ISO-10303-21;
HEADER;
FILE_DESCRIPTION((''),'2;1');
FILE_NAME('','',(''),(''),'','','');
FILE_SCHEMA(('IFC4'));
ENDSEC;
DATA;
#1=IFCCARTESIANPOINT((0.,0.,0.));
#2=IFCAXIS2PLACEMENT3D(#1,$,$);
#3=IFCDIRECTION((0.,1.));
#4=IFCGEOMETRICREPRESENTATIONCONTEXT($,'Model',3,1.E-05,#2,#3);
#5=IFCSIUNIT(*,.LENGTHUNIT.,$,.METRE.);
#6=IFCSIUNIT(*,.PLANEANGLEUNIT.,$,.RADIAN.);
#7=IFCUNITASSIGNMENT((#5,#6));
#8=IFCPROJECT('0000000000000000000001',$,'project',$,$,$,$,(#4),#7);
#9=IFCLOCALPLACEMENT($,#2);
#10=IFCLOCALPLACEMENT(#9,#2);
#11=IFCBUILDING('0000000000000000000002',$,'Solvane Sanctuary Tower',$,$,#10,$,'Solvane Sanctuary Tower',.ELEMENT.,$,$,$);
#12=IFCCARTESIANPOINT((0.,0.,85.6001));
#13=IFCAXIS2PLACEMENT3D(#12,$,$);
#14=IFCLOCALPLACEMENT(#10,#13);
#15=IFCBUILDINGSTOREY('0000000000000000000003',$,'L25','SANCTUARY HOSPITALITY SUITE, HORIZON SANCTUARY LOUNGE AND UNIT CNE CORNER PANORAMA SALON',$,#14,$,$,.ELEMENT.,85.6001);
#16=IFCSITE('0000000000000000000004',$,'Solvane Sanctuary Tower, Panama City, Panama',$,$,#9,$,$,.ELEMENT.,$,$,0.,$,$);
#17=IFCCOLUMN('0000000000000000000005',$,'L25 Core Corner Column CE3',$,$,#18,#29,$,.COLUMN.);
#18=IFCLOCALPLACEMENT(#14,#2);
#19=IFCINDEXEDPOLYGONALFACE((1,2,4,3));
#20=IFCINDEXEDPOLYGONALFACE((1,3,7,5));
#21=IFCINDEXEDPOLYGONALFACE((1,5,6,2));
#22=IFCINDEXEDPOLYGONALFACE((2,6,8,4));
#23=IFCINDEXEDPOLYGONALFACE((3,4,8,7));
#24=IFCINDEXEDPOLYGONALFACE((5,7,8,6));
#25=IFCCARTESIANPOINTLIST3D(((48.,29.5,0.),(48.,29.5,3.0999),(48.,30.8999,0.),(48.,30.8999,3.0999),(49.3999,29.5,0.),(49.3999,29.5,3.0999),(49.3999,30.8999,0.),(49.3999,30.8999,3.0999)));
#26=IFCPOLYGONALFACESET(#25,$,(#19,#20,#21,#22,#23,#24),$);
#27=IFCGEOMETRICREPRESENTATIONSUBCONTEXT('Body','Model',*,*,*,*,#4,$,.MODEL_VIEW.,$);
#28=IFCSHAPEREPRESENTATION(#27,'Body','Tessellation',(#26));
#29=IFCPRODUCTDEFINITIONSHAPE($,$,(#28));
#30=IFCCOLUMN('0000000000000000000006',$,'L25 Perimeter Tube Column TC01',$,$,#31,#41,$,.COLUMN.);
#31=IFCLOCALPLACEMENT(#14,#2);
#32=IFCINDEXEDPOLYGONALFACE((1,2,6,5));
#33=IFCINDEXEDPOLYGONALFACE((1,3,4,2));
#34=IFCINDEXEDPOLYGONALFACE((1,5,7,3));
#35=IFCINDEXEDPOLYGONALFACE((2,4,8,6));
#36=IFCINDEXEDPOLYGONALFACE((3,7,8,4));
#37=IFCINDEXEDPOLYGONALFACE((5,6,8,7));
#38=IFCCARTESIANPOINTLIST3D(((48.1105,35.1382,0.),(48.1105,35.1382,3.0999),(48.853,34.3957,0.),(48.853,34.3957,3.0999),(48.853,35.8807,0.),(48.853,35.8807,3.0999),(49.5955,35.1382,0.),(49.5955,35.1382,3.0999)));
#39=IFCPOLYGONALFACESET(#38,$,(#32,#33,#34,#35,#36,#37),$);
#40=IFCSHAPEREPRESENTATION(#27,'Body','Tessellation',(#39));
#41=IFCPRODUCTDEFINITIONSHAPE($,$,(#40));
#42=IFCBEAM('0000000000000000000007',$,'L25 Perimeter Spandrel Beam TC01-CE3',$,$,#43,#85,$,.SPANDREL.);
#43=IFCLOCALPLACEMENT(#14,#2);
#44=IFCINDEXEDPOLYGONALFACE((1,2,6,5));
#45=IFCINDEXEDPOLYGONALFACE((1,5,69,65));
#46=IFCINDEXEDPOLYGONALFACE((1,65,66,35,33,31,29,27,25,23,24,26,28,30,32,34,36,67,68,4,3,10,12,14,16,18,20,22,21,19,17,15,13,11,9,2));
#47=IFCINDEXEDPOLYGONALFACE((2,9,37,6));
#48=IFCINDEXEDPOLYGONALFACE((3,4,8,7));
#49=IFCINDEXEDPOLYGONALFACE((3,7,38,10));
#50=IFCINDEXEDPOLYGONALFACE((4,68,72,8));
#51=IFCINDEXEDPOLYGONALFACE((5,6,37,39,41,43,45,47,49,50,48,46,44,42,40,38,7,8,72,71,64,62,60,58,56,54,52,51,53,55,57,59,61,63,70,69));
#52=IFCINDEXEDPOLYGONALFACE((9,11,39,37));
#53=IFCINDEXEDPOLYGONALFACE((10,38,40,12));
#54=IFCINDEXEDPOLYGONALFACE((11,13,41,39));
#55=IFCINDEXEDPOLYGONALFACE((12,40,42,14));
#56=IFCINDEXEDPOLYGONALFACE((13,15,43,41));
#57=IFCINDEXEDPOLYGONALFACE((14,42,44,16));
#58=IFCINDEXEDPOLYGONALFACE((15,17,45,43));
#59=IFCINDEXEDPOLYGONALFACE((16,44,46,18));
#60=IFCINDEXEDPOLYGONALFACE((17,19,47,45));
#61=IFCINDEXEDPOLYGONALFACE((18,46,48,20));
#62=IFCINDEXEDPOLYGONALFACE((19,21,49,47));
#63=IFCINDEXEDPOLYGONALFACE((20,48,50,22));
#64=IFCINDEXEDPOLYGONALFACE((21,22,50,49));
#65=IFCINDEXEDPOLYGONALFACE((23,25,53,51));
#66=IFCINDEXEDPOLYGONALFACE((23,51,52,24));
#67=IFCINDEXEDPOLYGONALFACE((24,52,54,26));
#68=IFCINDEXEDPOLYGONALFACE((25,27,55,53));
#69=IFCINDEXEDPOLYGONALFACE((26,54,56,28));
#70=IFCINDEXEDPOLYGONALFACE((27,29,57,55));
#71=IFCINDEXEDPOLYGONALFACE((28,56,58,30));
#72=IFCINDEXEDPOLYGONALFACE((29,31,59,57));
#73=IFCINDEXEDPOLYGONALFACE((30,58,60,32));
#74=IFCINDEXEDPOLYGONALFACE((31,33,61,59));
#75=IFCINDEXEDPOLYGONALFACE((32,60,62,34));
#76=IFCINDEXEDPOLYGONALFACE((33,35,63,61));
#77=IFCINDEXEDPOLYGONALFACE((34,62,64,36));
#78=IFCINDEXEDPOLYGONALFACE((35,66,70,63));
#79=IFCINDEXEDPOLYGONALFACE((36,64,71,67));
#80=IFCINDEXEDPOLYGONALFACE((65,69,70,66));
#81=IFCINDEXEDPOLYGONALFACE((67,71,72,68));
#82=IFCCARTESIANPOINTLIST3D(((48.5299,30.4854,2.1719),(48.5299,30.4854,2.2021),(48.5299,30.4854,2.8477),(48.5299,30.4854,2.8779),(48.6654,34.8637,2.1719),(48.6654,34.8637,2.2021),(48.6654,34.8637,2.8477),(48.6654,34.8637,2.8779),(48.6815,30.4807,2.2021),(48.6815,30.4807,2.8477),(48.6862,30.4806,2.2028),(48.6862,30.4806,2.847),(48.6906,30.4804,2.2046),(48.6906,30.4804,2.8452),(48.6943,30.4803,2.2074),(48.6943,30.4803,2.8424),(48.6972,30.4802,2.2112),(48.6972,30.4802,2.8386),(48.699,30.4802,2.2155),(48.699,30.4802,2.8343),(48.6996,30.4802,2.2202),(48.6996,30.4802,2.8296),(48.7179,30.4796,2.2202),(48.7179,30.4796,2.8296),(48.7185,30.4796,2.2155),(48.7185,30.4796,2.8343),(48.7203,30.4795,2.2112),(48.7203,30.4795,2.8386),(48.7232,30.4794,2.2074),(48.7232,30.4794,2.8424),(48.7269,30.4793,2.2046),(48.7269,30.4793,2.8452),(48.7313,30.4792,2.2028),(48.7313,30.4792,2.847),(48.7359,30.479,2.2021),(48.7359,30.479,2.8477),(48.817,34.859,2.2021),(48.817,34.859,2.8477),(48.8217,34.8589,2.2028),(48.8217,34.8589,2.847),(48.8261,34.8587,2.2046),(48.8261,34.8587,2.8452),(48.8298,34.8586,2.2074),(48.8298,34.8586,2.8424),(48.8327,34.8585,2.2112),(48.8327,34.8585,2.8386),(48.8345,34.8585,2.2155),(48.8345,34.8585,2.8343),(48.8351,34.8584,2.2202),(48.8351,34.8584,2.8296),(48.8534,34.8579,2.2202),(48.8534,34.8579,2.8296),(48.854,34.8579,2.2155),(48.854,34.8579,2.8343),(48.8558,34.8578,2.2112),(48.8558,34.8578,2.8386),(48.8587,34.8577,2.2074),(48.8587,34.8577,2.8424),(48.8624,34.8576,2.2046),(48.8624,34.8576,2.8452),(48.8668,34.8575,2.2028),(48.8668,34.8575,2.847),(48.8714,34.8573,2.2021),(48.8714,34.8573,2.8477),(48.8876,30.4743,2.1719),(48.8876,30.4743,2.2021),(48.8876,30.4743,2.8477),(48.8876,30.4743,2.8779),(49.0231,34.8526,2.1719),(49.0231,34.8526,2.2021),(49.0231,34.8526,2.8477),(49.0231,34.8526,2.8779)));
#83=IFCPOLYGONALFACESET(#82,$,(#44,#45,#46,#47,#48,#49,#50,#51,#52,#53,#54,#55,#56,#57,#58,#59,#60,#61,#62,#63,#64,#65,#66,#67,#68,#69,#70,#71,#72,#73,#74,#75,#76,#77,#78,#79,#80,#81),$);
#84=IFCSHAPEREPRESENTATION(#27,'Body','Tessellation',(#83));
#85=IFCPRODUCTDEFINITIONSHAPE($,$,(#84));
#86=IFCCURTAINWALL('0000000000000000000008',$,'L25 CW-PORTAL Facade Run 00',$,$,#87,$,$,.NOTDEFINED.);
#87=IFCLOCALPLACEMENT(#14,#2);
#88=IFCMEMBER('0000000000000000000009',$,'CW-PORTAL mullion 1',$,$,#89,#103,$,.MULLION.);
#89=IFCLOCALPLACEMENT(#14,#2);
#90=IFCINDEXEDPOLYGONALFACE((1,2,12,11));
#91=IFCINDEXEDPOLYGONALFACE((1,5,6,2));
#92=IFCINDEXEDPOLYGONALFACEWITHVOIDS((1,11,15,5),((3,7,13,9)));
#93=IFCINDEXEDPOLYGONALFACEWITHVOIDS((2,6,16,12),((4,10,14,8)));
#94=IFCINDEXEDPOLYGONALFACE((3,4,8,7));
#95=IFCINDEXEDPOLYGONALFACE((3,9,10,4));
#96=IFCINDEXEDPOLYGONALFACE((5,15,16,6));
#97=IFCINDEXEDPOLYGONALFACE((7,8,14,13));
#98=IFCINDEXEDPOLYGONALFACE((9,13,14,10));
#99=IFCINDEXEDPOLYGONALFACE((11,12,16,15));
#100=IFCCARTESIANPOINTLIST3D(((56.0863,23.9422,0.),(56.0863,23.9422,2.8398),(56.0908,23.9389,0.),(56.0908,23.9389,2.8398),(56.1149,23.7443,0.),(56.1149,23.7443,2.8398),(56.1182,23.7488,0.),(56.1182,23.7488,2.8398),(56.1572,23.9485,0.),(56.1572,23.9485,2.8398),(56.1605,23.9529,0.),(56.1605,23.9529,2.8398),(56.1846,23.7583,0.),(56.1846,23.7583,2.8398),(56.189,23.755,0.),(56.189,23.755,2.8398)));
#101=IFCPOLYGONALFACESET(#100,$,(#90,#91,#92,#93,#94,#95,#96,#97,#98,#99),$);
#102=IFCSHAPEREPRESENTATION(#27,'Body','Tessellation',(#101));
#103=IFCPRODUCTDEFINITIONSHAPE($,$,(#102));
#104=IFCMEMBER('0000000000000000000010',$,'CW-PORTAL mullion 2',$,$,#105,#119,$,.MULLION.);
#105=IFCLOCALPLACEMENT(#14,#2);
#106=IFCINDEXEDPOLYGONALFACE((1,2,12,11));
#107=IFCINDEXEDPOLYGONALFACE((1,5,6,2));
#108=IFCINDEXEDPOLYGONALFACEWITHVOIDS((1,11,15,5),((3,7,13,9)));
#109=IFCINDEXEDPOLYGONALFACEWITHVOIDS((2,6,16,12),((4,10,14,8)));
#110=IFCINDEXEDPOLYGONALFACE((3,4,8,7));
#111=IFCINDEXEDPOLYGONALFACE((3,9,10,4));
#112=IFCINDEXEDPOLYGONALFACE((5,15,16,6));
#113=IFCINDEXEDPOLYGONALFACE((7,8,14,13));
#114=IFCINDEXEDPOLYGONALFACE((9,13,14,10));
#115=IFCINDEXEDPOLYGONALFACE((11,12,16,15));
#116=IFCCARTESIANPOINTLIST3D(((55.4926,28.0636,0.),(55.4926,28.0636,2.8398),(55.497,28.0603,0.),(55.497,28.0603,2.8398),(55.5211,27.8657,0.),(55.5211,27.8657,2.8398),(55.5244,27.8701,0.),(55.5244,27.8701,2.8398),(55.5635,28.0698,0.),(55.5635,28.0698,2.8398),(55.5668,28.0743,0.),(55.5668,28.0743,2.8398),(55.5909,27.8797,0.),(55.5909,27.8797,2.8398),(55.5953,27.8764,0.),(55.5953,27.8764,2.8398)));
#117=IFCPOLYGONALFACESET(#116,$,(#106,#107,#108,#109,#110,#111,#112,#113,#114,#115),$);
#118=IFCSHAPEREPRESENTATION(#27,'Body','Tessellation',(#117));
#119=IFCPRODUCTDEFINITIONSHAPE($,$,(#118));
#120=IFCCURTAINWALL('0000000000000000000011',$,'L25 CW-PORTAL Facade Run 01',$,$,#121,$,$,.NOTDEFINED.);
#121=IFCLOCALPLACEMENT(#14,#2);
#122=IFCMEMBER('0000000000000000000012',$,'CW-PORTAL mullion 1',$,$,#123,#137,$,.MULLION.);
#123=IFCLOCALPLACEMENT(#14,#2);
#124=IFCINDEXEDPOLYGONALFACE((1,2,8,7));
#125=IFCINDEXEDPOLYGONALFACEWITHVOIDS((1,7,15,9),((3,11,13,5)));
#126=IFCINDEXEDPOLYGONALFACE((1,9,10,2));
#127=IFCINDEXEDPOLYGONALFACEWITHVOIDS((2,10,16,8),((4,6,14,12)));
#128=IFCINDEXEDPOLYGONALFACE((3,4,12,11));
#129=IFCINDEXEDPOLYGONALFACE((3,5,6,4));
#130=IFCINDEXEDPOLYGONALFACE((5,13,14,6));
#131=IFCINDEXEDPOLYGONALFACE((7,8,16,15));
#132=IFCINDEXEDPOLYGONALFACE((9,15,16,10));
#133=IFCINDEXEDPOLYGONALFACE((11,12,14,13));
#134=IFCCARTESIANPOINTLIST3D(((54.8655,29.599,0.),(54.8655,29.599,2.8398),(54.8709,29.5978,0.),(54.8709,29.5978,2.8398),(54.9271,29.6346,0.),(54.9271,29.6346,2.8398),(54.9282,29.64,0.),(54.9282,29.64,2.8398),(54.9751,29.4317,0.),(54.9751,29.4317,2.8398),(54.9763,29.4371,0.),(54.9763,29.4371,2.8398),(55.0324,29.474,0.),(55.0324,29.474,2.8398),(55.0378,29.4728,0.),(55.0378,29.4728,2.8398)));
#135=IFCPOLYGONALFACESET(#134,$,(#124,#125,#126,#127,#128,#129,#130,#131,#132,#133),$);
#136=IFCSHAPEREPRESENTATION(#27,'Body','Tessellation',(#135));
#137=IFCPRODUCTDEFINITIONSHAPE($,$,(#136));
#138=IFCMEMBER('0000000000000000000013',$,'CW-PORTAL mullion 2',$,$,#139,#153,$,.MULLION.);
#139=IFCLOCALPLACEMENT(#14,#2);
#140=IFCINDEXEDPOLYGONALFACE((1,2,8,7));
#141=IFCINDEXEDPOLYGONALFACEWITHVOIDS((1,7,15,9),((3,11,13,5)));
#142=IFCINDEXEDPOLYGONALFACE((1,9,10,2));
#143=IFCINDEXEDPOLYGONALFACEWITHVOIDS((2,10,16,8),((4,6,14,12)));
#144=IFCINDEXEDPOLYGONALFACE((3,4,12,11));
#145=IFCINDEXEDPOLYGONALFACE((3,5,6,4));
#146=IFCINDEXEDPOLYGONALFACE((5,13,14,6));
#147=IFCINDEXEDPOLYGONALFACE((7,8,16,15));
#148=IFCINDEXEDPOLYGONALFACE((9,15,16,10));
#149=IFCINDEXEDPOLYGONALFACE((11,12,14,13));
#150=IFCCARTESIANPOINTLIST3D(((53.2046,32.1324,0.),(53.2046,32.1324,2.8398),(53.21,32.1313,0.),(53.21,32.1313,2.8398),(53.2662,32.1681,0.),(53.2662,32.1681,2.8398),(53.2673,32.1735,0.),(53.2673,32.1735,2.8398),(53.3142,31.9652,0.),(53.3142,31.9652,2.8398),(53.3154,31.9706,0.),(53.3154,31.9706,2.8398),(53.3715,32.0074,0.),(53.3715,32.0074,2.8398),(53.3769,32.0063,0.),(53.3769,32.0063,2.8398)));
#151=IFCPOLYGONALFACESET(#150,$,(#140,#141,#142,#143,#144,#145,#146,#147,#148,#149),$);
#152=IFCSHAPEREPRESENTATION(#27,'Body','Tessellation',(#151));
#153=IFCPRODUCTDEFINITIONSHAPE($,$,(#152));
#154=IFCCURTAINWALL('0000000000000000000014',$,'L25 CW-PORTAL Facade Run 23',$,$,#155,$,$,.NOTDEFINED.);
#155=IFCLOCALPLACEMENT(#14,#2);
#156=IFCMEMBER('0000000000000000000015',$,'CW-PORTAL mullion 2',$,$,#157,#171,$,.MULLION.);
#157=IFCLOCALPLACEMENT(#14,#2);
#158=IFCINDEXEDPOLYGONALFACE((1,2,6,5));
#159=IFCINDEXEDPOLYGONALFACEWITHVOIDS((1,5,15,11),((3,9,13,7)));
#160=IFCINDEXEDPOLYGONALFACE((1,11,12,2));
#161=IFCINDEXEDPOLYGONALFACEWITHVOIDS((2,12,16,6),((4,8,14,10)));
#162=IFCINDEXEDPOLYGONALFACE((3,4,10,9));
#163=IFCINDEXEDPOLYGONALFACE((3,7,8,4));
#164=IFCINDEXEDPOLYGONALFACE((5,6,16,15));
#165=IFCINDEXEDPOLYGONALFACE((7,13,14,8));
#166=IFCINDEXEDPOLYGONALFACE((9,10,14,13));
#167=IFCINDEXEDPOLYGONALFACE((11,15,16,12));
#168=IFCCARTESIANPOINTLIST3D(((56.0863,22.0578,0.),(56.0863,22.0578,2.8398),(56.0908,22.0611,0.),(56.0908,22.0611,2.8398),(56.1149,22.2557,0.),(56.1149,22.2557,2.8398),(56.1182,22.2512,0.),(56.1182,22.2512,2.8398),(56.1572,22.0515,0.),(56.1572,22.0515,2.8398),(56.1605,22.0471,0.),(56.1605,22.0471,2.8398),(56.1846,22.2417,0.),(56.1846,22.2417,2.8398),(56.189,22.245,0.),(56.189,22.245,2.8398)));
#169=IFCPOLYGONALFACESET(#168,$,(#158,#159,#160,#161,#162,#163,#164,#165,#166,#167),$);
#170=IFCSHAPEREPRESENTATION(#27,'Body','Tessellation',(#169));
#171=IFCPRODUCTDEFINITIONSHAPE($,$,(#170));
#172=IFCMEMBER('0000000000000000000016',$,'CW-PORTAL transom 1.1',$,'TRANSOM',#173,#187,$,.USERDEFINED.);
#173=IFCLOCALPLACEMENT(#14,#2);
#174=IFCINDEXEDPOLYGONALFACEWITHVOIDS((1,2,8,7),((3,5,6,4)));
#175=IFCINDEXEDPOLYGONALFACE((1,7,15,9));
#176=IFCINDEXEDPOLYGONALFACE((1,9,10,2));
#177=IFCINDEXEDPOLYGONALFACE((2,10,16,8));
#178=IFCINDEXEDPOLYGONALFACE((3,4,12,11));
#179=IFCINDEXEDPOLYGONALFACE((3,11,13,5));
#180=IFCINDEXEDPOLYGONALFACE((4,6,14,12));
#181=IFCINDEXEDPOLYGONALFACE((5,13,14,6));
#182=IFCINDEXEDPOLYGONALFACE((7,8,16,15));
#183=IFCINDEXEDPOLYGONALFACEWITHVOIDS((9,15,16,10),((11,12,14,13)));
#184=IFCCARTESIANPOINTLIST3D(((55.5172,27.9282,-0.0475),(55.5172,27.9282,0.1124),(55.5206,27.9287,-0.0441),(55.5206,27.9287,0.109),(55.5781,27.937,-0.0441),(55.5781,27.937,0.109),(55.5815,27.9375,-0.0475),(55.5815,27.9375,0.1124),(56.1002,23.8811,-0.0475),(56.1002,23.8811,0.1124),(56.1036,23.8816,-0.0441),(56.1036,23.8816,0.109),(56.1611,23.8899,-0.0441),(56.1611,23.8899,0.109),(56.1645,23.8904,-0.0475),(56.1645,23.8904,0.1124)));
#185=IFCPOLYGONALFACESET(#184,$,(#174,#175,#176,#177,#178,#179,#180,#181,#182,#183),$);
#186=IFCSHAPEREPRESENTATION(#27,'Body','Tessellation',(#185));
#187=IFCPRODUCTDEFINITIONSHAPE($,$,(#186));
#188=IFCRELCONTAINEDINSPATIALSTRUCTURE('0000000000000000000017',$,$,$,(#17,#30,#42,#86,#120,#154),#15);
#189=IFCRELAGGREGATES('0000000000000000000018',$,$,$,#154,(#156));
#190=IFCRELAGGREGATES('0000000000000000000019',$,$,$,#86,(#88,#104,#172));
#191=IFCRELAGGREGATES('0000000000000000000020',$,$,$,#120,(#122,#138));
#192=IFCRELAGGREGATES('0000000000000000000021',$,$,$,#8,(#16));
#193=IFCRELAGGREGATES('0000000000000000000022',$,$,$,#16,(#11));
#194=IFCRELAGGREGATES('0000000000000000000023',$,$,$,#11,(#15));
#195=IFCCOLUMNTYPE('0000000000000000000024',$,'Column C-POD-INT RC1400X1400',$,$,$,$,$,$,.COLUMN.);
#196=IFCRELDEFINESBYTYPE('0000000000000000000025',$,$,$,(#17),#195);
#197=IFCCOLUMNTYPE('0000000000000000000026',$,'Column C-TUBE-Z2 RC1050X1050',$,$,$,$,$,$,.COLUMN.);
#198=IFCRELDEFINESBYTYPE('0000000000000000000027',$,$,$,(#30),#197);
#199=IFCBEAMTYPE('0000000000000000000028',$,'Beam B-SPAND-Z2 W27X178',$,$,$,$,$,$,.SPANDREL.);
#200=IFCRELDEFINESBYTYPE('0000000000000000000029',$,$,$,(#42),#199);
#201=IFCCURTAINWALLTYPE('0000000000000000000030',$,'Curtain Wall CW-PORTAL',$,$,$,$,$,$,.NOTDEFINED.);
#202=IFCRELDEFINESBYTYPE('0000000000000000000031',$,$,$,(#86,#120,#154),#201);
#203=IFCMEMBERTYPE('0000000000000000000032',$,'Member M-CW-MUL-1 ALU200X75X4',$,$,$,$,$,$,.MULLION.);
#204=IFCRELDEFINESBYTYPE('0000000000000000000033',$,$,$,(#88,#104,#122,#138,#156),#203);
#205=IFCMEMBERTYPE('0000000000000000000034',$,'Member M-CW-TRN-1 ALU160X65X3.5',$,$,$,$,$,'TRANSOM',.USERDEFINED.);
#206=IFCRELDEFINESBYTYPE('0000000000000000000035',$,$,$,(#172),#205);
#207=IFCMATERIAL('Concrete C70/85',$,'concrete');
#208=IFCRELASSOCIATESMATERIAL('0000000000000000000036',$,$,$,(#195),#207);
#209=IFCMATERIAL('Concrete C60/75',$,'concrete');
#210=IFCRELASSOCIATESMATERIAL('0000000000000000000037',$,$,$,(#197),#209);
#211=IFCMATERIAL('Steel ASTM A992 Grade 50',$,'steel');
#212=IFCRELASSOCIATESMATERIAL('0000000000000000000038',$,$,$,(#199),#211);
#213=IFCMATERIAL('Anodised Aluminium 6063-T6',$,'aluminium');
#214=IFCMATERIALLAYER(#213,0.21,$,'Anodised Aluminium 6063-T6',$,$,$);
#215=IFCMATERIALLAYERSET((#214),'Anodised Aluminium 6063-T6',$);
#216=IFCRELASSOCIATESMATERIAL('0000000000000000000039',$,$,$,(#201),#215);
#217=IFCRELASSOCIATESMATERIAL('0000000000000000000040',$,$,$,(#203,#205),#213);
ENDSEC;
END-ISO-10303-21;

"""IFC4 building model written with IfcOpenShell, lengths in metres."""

from ifc_helpers import new_model, si_unit, direction, frame, origin, origin_2d, place, context, subcontext, project, spatial, rectangle, hollow_rectangle, i_section, extrude, material, layer, layer_set, material_profile, profile_set, type_object, element, aggregate, save


model = new_model("IFC4")

# Units and contexts
model_context = context("Model", 3, precision=1e-05, world=origin(), true_north=direction((0.0, 1.0)))
body_context = subcontext(model_context, "Body", "Model", "MODEL_VIEW")
ifc_project = project(units=[si_unit("LENGTHUNIT", "METRE"), si_unit("PLANEANGLEUNIT", "RADIAN")], contexts=[model_context])

# Site, building, storey
site_placement = place(None, origin())
site = spatial("IfcSite", under=ifc_project, at=site_placement, Name="Solvane Sanctuary Tower, Panama City, Panama", CompositionType="ELEMENT", RefElevation=0.0)
building_placement = place(site_placement, origin())
building = spatial("IfcBuilding", under=site, at=building_placement, Name="Solvane Sanctuary Tower", LongName="Solvane Sanctuary Tower", CompositionType="ELEMENT")
storey_placement = place(building_placement, frame((0.0, 0.0, 85.6001)))
storey = spatial("IfcBuildingStorey", under=building, at=storey_placement, Name="L25", Description="SANCTUARY HOSPITALITY SUITE, HORIZON SANCTUARY LOUNGE AND UNIT CNE CORNER PANORAMA SALON", CompositionType="ELEMENT", Elevation=85.6001)

# Columns
ifc_material_1 = material(Name="Concrete C70/85", Category="concrete")
ifc_material_profile_1 = material_profile(ifc_material_1, rectangle(XDim=1.3999, YDim=1.3999, at=origin_2d()), Name="RC1400X1400")
ifc_profile_set_1 = profile_set([ifc_material_profile_1], Name="Concrete C70/85")
column_type_1 = type_object("IfcColumnType", Name="Column C-POD-INT RC1400X1400", PredefinedType="COLUMN", material=ifc_profile_set_1)
column_1_placement = place(storey_placement, frame((48.7, 30.2, 0.0), z_axis=(0.0, 0.0, 1.0), x_axis=(1.0, 0.0, 0.0)))
element("IfcColumn", 1, at=column_1_placement, inside=storey, type_object=column_type_1, Name="L25 Core Corner Column CE3", PredefinedType="COLUMN", context=body_context, shape_type="SweptSolid", body=[
    extrude(rectangle(XDim=1.3999, YDim=1.3999, at=origin_2d()), origin(), (0.0, 0.0, 1.0), 3.0999),
])
ifc_material_2 = material(Name="Concrete C60/75", Category="concrete")
ifc_material_profile_2 = material_profile(ifc_material_2, rectangle(XDim=1.05, YDim=1.05, at=origin_2d()), Name="RC1050X1050")
ifc_profile_set_2 = profile_set([ifc_material_profile_2], Name="Concrete C60/75")
column_type_2 = type_object("IfcColumnType", Name="Column C-TUBE-Z2 RC1050X1050", PredefinedType="COLUMN", material=ifc_profile_set_2)
column_2_placement = place(storey_placement, frame((48.853, 35.1382, 0.0), z_axis=(0.0, 0.0, 1.0), x_axis=(0.707107, 0.707107, 0.0)))
element("IfcColumn", 2, at=column_2_placement, inside=storey, type_object=column_type_2, Name="L25 Perimeter Tube Column TC01", PredefinedType="COLUMN", context=body_context, shape_type="SweptSolid", body=[
    extrude(rectangle(XDim=1.05, YDim=1.05, at=origin_2d()), origin(), (0.0, 0.0, 1.0), 3.0999),
])

# Beam
ifc_material_3 = material(Name="Steel ASTM A992 Grade 50", Category="steel")
ifc_material_profile_3 = material_profile(ifc_material_3, i_section(OverallWidth=0.3579, OverallDepth=0.7061, WebThickness=0.0183, FlangeThickness=0.0303, FilletRadius=0.0181, at=origin_2d()), Name="W27X178")
ifc_profile_set_3 = profile_set([ifc_material_profile_3], Name="Steel ASTM A992 Grade 50")
beam_type = type_object("IfcBeamType", Name="Beam B-SPAND-Z2 W27X178", PredefinedType="SPANDREL", material=ifc_profile_set_3)
beam_placement = place(storey_placement, frame((48.8442, 34.8582, 2.5249), z_axis=(-0.030934, -0.999521, 0.0), x_axis=(0.999521, -0.030934, 0.0)))
element("IfcBeam", 3, at=beam_placement, inside=storey, type_object=beam_type, Name="L25 Perimeter Spandrel Beam TC01-CE3", PredefinedType="SPANDREL", context=body_context, shape_type="SweptSolid", body=[
    extrude(i_section(OverallWidth=0.3579, OverallDepth=0.7061, WebThickness=0.0183, FlangeThickness=0.0303, FilletRadius=0.0181, at=origin_2d()), origin(), (0.0, 0.0, 1.0), 4.3804),
])

# Curtain walls, members
ifc_material_4 = material(Name="Anodised Aluminium 6063-T6", Category="aluminium")
ifc_layer_1 = layer(ifc_material_4, 0.21, Name="Anodised Aluminium 6063-T6")
ifc_layer_set_1 = layer_set([ifc_layer_1], Name="Anodised Aluminium 6063-T6")
curtain_wall_type = type_object("IfcCurtainWallType", Name="Curtain Wall CW-PORTAL", PredefinedType="NOTDEFINED", material=ifc_layer_set_1)
curtain_wall_1_placement = place(storey_placement, origin())
curtain_wall_1 = element("IfcCurtainWall", 4, at=curtain_wall_1_placement, inside=storey, type_object=curtain_wall_type, Name="L25 CW-PORTAL Facade Run 00", PredefinedType="NOTDEFINED")
ifc_material_profile_4 = material_profile(ifc_material_4, hollow_rectangle(XDim=0.075, YDim=0.2, WallThickness=0.0039, at=origin_2d()), Name="ALU200X75X4")
ifc_profile_set_4 = profile_set([ifc_material_profile_4], Name="Anodised Aluminium 6063-T6")
member_type_1 = type_object("IfcMemberType", Name="Member M-CW-MUL-1 ALU200X75X4", PredefinedType="MULLION", material=ifc_profile_set_4)
member_1_placement = place(storey_placement, frame((56.1377, 23.8486, 0.0), z_axis=(0.0, 0.0, 1.0), x_axis=(-0.989782, -0.142587, 0.0)))
member_1 = element("IfcMember", 5, at=member_1_placement, type_object=member_type_1, Name="CW-PORTAL mullion 1", PredefinedType="MULLION", context=body_context, shape_type="SweptSolid", body=[
    extrude(hollow_rectangle(XDim=0.075, YDim=0.2, WallThickness=0.0039, at=origin_2d()), origin(), (0.0, 0.0, 1.0), 2.8398),
])
member_2_placement = place(storey_placement, frame((55.5439, 27.97, 0.0), z_axis=(0.0, 0.0, 1.0), x_axis=(-0.989782, -0.142587, 0.0)))
member_2 = element("IfcMember", 6, at=member_2_placement, type_object=member_type_1, Name="CW-PORTAL mullion 2", PredefinedType="MULLION", context=body_context, shape_type="SweptSolid", body=[
    extrude(hollow_rectangle(XDim=0.075, YDim=0.2, WallThickness=0.0039, at=origin_2d()), origin(), (0.0, 0.0, 1.0), 2.8398),
])
curtain_wall_2_placement = place(storey_placement, origin())
curtain_wall_2 = element("IfcCurtainWall", 7, at=curtain_wall_2_placement, inside=storey, type_object=curtain_wall_type, Name="L25 CW-PORTAL Facade Run 01", PredefinedType="NOTDEFINED")
member_3_placement = place(storey_placement, frame((54.9517, 29.5359, 0.0), z_axis=(0.0, 0.0, 1.0), x_axis=(-0.836298, -0.548276, 0.0)))
member_3 = element("IfcMember", 8, at=member_3_placement, type_object=member_type_1, Name="CW-PORTAL mullion 1", PredefinedType="MULLION", context=body_context, shape_type="SweptSolid", body=[
    extrude(hollow_rectangle(XDim=0.075, YDim=0.2, WallThickness=0.0039, at=origin_2d()), origin(), (0.0, 0.0, 1.0), 2.8398),
])
member_4_placement = place(storey_placement, frame((53.2908, 32.0693, 0.0), z_axis=(0.0, 0.0, 1.0), x_axis=(-0.836298, -0.548276, 0.0)))
member_4 = element("IfcMember", 9, at=member_4_placement, type_object=member_type_1, Name="CW-PORTAL mullion 2", PredefinedType="MULLION", context=body_context, shape_type="SweptSolid", body=[
    extrude(hollow_rectangle(XDim=0.075, YDim=0.2, WallThickness=0.0039, at=origin_2d()), origin(), (0.0, 0.0, 1.0), 2.8398),
])

# Curtain wall, member
curtain_wall_3_placement = place(storey_placement, origin())
curtain_wall_3 = element("IfcCurtainWall", 10, at=curtain_wall_3_placement, inside=storey, type_object=curtain_wall_type, Name="L25 CW-PORTAL Facade Run 23", PredefinedType="NOTDEFINED")
member_5_placement = place(storey_placement, frame((56.1377, 22.1514, 0.0), z_axis=(0.0, 0.0, 1.0), x_axis=(-0.989782, 0.142587, 0.0)))
member_5 = element("IfcMember", 11, at=member_5_placement, type_object=member_type_1, Name="CW-PORTAL mullion 2", PredefinedType="MULLION", context=body_context, shape_type="SweptSolid", body=[
    extrude(hollow_rectangle(XDim=0.075, YDim=0.2, WallThickness=0.0039, at=origin_2d()), origin(), (0.0, 0.0, 1.0), 2.8398),
])
aggregate(curtain_wall_3, [member_5])

# Member
ifc_material_profile_5 = material_profile(ifc_material_4, hollow_rectangle(XDim=0.0649, YDim=0.1599, WallThickness=0.0034, at=origin_2d()), Name="ALU160X65X3.5")
ifc_profile_set_5 = profile_set([ifc_material_profile_5], Name="Anodised Aluminium 6063-T6")
member_type_2 = type_object("IfcMemberType", Name="Member M-CW-TRN-1 ALU160X65X3.5", ElementType="TRANSOM", PredefinedType="USERDEFINED", material=ifc_profile_set_5)
member_6_placement = place(storey_placement, frame((56.1323, 23.8857, 0.0325), z_axis=(-0.142583, 0.989783, 0.0), x_axis=(-0.989783, -0.142583, 0.0)))
member_6 = element("IfcMember", 12, at=member_6_placement, type_object=member_type_2, Name="CW-PORTAL transom 1.1", ObjectType="TRANSOM", PredefinedType="USERDEFINED", context=body_context, shape_type="SweptSolid", body=[
    extrude(hollow_rectangle(XDim=0.0649, YDim=0.1599, WallThickness=0.0034, at=origin_2d()), origin(), (0.0, 0.0, 1.0), 4.0889),
])

aggregate(curtain_wall_1, [member_1, member_2, member_6])
aggregate(curtain_wall_2, [member_3, member_4])

save(model, "model.ifc")
